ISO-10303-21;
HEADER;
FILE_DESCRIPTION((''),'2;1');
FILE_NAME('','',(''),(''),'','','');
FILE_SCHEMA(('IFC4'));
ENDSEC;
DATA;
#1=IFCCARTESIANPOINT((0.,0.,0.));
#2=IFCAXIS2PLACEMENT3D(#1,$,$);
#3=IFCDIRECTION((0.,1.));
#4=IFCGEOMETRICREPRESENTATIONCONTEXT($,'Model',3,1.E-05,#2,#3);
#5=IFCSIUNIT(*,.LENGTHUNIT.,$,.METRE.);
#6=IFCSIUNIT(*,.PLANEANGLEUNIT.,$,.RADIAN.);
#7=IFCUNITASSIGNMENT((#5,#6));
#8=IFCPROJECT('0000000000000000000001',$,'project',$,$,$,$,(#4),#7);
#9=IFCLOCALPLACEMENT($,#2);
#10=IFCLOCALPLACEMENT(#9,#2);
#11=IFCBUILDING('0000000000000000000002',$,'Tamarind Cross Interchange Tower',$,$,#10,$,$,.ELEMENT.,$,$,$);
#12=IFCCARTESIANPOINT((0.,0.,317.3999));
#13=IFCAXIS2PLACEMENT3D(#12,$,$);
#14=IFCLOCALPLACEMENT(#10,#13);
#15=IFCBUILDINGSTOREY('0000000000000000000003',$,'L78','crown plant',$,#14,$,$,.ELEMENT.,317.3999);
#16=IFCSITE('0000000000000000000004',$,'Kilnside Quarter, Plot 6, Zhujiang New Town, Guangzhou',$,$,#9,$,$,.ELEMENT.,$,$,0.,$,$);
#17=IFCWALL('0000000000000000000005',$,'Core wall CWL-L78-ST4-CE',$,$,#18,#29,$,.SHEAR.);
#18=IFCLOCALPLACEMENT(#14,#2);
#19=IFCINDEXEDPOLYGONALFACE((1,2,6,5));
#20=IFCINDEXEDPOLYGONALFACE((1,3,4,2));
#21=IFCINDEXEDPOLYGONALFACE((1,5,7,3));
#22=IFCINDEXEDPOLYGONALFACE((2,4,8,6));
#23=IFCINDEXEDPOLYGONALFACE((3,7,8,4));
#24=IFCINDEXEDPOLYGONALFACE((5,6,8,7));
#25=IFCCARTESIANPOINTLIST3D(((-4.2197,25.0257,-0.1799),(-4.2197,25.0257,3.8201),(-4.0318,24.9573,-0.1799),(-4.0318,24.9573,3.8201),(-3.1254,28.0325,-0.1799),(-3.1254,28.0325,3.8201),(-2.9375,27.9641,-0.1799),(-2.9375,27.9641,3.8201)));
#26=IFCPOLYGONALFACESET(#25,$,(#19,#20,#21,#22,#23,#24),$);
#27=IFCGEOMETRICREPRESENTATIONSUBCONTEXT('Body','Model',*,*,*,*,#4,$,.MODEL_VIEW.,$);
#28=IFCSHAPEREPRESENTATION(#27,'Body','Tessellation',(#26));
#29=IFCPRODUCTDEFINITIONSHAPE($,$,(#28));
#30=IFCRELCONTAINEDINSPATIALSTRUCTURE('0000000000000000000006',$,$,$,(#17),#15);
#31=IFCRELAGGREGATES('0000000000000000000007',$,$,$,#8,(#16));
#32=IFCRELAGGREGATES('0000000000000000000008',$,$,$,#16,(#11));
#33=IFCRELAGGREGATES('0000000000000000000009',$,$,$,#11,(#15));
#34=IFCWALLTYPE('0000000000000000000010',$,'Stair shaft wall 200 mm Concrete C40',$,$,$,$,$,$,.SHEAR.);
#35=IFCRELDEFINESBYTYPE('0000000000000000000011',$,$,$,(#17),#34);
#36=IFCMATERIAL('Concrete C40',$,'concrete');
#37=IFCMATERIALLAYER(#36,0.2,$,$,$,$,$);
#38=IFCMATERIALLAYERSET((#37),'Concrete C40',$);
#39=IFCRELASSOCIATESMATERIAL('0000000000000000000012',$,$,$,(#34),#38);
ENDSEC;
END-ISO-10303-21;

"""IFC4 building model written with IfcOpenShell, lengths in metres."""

from ifc_helpers import new_model, si_unit, direction, frame, frame_2d, origin, place, context, subcontext, project, spatial, rectangle, extrude, material, layer, layer_set, type_object, element, save


model = new_model("IFC4")

# Units and contexts
model_context = context("Model", 3, precision=1e-05, world=origin(), true_north=direction((0.0, 1.0)))
body_context = subcontext(model_context, "Body", "Model", "MODEL_VIEW")
ifc_project = project(units=[si_unit("LENGTHUNIT", "METRE"), si_unit("PLANEANGLEUNIT", "RADIAN")], contexts=[model_context])

# Site, building, storey
site_placement = place(None, origin())
site = spatial("IfcSite", under=ifc_project, at=site_placement, Name="Kilnside Quarter, Plot 6, Zhujiang New Town, Guangzhou", CompositionType="ELEMENT", RefElevation=0.0)
building_placement = place(site_placement, origin())
building = spatial("IfcBuilding", under=site, at=building_placement, Name="Tamarind Cross Interchange Tower", CompositionType="ELEMENT")
storey_placement = place(building_placement, frame((0.0, 0.0, 317.3999)))
storey = spatial("IfcBuildingStorey", under=building, at=storey_placement, Name="L78", Description="crown plant", CompositionType="ELEMENT", Elevation=317.3999)

# Wall
ifc_material_1 = material(Name="Concrete C40", Category="concrete")
ifc_layer_1 = layer(ifc_material_1, 0.2)
ifc_layer_set_1 = layer_set([ifc_layer_1], Name="Concrete C40")
wall_type_1 = type_object("IfcWallType", Name="Stair shaft wall 200 mm Concrete C40", PredefinedType="SHEAR", material=ifc_layer_set_1)
wall_1_placement = place(storey_placement, frame((-3.0315, 27.9983, -0.1799), z_axis=(0.0, 0.0, 1.0), x_axis=(-0.341976, -0.939709, 0.0)))
element("IfcWall", 1, at=wall_1_placement, inside=storey, type_object=wall_type_1, Name="Core wall CWL-L78-ST4-CE", PredefinedType="SHEAR", context=body_context, shape_type="SweptSolid", body=[
    extrude(rectangle(XDim=3.1997, YDim=0.2, at=frame_2d((1.5999, 0.0))), origin(), (0.0, 0.0, 1.0), 4.0),
])

save(model, "model.ifc")
